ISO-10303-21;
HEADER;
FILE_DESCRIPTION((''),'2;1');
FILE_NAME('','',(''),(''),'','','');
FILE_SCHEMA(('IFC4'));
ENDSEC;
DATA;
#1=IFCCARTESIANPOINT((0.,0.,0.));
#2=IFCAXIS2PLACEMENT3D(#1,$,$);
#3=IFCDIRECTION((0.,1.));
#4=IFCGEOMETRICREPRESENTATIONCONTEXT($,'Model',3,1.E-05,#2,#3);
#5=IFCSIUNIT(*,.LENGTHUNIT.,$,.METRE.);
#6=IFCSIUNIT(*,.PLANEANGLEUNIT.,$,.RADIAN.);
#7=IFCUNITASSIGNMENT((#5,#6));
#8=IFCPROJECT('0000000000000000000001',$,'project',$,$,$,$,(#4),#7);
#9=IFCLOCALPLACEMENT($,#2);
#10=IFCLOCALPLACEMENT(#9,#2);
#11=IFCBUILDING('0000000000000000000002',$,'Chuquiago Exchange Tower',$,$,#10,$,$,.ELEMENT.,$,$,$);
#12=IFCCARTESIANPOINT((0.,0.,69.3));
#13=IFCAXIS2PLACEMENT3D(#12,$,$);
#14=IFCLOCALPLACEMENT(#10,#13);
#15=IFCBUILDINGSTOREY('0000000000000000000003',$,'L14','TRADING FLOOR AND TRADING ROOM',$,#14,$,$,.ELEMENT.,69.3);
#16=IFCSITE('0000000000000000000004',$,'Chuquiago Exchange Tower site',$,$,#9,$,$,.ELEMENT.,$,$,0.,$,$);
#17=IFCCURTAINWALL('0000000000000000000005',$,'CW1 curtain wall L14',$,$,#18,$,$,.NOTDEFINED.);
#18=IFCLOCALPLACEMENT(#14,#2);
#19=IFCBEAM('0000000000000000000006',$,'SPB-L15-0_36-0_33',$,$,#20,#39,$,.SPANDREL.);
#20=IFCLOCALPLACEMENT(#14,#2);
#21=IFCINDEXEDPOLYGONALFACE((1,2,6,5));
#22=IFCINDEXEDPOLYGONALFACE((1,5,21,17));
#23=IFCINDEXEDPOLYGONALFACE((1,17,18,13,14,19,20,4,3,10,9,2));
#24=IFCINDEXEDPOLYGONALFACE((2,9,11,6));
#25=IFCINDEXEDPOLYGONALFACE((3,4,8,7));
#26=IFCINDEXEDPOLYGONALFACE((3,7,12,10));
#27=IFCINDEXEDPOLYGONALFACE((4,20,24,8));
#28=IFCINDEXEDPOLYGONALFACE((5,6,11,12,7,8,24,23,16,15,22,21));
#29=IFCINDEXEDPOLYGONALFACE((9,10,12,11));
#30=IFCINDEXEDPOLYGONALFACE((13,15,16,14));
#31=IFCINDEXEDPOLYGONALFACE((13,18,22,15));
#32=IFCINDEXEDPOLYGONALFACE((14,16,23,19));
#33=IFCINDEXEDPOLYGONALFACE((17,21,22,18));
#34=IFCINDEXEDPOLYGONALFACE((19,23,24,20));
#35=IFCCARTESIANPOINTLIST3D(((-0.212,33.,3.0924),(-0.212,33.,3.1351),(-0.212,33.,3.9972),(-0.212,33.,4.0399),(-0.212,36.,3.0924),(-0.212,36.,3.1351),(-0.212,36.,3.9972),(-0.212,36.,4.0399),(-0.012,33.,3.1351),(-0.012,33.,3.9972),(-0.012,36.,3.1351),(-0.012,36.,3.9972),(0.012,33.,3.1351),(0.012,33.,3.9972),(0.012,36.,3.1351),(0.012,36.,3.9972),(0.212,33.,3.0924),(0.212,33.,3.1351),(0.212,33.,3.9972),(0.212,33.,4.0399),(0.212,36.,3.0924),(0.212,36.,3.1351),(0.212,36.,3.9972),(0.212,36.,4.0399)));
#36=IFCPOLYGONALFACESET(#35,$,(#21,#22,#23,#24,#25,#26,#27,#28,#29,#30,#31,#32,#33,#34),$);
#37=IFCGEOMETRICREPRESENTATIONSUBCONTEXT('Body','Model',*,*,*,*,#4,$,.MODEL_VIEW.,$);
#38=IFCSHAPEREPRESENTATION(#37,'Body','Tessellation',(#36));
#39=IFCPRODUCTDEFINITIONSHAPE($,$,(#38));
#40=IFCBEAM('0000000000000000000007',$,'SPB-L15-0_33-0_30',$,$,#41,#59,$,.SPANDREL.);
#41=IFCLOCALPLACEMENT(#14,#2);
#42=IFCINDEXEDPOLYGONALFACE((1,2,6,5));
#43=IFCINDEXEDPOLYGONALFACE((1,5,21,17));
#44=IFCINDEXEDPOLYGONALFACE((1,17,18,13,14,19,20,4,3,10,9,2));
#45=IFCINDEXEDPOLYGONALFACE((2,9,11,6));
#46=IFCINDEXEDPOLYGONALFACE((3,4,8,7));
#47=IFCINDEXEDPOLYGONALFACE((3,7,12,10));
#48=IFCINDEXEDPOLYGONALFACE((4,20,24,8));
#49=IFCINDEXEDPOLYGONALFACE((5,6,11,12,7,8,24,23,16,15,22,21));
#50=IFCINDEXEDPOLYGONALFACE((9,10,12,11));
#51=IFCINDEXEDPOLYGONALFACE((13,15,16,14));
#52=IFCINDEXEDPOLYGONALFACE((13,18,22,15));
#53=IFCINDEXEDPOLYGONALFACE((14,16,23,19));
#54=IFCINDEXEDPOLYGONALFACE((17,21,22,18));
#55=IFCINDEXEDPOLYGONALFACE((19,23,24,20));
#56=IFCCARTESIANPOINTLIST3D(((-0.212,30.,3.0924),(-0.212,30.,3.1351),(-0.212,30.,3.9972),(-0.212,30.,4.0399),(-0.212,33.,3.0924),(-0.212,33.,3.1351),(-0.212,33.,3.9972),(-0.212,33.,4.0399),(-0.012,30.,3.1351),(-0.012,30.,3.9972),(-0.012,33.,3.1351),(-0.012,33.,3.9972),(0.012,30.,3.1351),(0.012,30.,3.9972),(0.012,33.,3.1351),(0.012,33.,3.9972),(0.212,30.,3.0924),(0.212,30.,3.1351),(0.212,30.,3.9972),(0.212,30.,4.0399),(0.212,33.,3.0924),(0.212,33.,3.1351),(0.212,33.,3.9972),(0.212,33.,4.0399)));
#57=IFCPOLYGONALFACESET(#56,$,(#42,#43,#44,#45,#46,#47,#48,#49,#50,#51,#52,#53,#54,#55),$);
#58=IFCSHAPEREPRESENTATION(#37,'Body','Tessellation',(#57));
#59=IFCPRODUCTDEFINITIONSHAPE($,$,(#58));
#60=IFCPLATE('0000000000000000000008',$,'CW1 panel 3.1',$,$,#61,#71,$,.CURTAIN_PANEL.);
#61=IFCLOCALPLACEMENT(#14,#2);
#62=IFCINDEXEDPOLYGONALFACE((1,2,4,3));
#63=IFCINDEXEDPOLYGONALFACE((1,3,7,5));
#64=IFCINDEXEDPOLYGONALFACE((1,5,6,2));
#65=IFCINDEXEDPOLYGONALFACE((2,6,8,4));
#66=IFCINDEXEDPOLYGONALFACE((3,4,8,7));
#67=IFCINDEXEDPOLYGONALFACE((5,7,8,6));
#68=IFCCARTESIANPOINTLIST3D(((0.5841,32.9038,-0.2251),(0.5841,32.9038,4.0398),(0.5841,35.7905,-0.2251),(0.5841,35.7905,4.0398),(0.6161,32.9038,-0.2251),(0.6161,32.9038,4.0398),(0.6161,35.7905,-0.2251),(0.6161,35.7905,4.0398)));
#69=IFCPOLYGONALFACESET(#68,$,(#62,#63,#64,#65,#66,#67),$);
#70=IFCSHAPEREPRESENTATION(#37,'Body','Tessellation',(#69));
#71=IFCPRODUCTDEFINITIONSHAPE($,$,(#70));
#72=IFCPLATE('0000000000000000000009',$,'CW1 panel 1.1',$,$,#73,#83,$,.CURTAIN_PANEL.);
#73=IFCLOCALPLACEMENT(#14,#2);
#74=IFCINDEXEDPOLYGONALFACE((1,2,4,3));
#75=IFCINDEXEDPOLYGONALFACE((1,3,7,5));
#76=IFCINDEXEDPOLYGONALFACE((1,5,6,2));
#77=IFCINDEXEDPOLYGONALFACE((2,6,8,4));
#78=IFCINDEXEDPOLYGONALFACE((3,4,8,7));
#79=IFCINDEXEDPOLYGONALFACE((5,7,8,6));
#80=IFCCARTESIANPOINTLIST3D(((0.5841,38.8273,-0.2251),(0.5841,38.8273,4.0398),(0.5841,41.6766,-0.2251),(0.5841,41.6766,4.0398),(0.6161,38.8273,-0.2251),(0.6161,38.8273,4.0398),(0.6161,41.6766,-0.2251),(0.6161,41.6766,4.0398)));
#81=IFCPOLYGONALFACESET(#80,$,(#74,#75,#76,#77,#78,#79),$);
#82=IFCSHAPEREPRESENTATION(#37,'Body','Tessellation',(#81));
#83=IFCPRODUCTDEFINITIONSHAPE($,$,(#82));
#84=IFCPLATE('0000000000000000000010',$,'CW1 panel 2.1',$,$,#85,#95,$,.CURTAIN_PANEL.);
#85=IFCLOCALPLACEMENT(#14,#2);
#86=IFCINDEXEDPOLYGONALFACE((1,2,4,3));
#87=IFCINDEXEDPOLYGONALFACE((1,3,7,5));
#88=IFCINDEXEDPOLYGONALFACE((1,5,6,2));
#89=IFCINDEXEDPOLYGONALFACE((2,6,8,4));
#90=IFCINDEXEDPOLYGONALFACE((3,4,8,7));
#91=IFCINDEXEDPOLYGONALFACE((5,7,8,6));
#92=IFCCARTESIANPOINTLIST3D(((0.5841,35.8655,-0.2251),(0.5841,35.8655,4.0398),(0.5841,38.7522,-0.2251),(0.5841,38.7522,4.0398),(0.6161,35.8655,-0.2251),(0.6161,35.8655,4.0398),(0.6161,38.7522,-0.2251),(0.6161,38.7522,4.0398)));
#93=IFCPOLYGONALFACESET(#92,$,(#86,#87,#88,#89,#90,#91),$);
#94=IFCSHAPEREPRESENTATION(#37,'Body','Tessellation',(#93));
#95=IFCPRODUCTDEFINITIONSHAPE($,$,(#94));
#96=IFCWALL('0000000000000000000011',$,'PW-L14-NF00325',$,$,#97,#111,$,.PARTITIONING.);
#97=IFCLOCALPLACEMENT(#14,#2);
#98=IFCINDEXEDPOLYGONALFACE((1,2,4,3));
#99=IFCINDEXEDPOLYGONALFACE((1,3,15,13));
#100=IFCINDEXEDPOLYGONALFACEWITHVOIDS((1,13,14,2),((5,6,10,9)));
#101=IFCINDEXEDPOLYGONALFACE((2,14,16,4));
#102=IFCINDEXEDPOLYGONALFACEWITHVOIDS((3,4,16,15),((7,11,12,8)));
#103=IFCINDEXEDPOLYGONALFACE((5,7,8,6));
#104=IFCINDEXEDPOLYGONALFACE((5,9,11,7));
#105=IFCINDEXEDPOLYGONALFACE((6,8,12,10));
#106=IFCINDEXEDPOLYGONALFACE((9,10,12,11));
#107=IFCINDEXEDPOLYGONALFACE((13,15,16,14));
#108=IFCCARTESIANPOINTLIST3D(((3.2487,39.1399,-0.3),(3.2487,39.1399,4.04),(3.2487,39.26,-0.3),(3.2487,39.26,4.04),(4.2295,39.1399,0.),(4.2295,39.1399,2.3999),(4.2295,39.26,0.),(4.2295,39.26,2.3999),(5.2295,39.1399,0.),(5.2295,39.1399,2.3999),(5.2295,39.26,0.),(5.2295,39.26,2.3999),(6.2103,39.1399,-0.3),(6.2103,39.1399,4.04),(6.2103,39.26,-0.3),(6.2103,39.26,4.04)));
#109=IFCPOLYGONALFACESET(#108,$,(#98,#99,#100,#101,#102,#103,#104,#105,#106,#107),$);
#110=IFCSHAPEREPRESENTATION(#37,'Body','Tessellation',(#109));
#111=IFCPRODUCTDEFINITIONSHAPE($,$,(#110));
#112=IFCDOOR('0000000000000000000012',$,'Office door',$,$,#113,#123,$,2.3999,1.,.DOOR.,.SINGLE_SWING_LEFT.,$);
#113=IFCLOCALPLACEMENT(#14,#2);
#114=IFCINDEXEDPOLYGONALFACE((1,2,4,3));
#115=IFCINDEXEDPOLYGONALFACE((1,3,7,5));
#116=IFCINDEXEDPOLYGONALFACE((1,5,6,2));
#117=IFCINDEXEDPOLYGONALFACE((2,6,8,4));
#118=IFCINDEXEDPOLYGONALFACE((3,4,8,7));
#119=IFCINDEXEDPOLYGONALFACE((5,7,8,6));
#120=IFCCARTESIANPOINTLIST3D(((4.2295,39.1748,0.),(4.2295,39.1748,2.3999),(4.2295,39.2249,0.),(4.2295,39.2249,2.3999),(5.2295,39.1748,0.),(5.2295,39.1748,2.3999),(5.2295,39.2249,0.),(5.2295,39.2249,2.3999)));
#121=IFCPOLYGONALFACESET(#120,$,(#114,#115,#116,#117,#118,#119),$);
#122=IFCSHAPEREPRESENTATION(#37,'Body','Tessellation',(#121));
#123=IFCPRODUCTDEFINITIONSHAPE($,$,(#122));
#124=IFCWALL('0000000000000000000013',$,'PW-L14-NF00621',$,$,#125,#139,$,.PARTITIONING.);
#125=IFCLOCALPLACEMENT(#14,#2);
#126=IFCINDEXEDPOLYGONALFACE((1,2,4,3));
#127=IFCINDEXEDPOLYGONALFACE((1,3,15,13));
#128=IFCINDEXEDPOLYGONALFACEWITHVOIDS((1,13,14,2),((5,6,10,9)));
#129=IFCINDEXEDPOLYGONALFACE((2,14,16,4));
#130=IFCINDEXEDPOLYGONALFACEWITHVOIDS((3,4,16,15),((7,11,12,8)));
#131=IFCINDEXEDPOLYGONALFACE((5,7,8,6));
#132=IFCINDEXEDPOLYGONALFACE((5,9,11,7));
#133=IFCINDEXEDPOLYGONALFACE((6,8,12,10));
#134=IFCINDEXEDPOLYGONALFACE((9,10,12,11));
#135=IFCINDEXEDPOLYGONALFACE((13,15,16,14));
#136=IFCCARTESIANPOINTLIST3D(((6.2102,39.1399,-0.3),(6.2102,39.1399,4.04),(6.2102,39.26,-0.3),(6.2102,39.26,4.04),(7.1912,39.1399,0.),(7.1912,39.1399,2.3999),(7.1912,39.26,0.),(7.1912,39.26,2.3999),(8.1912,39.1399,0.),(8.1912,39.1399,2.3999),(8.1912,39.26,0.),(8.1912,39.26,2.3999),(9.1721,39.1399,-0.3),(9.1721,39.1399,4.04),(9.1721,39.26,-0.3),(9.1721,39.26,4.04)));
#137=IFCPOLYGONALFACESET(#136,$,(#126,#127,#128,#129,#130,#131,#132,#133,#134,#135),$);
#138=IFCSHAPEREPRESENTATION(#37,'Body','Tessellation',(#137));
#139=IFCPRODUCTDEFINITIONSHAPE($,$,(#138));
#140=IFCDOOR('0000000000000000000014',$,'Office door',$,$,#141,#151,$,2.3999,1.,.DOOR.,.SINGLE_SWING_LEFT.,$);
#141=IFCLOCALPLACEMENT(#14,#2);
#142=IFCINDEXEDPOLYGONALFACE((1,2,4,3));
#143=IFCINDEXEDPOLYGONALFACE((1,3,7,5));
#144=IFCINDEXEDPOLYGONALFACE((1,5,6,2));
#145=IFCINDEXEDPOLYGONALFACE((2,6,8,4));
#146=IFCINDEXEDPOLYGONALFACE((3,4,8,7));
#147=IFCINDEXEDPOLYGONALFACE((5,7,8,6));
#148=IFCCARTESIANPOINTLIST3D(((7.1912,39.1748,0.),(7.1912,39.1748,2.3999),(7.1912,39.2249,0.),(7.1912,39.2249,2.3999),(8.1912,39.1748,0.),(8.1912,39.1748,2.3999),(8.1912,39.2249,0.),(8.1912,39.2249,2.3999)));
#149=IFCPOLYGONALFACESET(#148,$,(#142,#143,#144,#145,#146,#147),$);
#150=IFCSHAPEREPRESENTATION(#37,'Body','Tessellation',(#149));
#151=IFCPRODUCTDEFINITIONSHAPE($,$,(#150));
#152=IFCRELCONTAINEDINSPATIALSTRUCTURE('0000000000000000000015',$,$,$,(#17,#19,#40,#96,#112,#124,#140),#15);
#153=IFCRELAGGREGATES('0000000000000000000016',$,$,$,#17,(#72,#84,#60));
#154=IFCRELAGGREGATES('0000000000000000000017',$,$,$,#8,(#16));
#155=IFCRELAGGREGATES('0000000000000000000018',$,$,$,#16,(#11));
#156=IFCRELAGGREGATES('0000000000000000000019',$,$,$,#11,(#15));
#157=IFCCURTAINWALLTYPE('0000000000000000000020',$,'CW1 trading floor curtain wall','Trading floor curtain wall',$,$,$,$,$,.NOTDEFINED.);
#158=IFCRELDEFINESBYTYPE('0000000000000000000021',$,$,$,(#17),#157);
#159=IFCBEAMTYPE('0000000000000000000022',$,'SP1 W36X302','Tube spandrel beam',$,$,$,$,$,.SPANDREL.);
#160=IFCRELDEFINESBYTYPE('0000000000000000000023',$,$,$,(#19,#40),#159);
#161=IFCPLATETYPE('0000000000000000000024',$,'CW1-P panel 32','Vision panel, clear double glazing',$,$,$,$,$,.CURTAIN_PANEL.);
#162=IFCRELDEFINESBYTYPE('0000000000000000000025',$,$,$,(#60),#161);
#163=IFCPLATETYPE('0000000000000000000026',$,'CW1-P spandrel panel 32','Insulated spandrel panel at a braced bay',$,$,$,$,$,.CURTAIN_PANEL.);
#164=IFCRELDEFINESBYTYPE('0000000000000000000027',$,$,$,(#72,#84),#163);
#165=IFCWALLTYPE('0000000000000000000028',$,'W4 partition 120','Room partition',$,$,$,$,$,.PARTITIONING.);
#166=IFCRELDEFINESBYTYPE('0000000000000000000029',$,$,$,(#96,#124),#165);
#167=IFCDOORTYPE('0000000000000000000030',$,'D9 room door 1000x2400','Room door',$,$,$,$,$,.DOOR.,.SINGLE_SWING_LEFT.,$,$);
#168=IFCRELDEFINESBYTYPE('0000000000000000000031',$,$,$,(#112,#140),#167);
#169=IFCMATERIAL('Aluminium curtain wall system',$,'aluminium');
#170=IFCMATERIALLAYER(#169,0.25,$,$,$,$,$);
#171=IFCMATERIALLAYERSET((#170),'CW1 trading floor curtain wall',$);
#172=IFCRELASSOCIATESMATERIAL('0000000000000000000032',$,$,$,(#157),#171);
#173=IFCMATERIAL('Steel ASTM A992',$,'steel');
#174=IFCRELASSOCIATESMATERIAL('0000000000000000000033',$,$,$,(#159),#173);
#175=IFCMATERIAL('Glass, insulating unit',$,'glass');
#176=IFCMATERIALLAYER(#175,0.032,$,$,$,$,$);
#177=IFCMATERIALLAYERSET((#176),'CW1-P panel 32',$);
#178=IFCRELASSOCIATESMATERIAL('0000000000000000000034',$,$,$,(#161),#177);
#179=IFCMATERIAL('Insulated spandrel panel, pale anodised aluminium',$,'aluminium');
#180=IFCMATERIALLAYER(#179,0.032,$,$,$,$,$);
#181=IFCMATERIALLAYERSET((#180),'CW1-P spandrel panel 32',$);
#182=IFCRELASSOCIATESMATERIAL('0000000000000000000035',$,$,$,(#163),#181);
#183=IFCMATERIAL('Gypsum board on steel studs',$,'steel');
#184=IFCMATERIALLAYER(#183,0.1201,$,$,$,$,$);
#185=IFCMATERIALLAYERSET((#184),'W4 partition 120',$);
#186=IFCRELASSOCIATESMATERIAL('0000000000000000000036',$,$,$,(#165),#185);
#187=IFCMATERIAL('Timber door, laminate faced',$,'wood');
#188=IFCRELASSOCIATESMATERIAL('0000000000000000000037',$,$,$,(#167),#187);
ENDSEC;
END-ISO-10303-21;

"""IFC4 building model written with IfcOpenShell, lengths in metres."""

from ifc_helpers import new_model, si_unit, direction, frame, frame_2d, origin, origin_2d, place, context, subcontext, project, spatial, rectangle, i_section, extrude, material, layer, layer_set, material_profile, profile_set, type_object, element, fill, aggregate, save


model = new_model("IFC4")

# Units and contexts
model_context = context("Model", 3, precision=1e-05, world=origin(), true_north=direction((0.0, 1.0)))
body_context = subcontext(model_context, "Body", "Model", "MODEL_VIEW")
ifc_project = project(units=[si_unit("LENGTHUNIT", "METRE"), si_unit("PLANEANGLEUNIT", "RADIAN")], contexts=[model_context])

# Site, building, storey
site_placement = place(None, origin())
site = spatial("IfcSite", under=ifc_project, at=site_placement, Name="Chuquiago Exchange Tower site", CompositionType="ELEMENT", RefElevation=0.0)
building_placement = place(site_placement, origin())
building = spatial("IfcBuilding", under=site, at=building_placement, Name="Chuquiago Exchange Tower", CompositionType="ELEMENT")
storey_placement = place(building_placement, frame((0.0, 0.0, 69.3)))
storey = spatial("IfcBuildingStorey", under=building, at=storey_placement, Name="L14", Description="TRADING FLOOR AND TRADING ROOM", CompositionType="ELEMENT", Elevation=69.3)

# Curtain wall
ifc_material_1 = material(Name="Aluminium curtain wall system", Category="aluminium")
ifc_layer_1 = layer(ifc_material_1, 0.25)
ifc_layer_set_1 = layer_set([ifc_layer_1], Name="CW1 trading floor curtain wall")
curtain_wall_type = type_object("IfcCurtainWallType", Name="CW1 trading floor curtain wall", Description="Trading floor curtain wall", PredefinedType="NOTDEFINED", material=ifc_layer_set_1)
curtain_wall_placement = place(storey_placement, origin())
curtain_wall = element("IfcCurtainWall", 1, at=curtain_wall_placement, inside=storey, type_object=curtain_wall_type, Name="CW1 curtain wall L14", PredefinedType="NOTDEFINED")

# Beams
ifc_material_2 = material(Name="Steel ASTM A992", Category="steel")
ifc_material_profile_1 = material_profile(ifc_material_2, i_section(OverallWidth=0.4241, OverallDepth=0.9475, WebThickness=0.0239, FlangeThickness=0.0427, at=origin_2d()), Name="W36X302")
ifc_profile_set_1 = profile_set([ifc_material_profile_1], Name="Steel ASTM A992")
beam_type = type_object("IfcBeamType", Name="SP1 W36X302", Description="Tube spandrel beam", PredefinedType="SPANDREL", material=ifc_profile_set_1)
for number, where, z_axis, x_axis, name in (
    (2, (0.0, 36.0, 3.5662), (0.0, -1.0, 0.0), (1.0, 0.0, 0.0), "SPB-L15-0_36-0_33"),
    (3, (0.0, 33.0, 3.5662), (0.0, -1.0, 0.0), (1.0, 0.0, 0.0), "SPB-L15-0_33-0_30"),
):
    element("IfcBeam", number, at=place(storey_placement, frame(where, z_axis=z_axis, x_axis=x_axis)), inside=storey, type_object=beam_type, Name=name, PredefinedType="SPANDREL", context=body_context, shape_type="SweptSolid", body=[
        extrude(i_section(OverallWidth=0.4241, OverallDepth=0.9475, WebThickness=0.0239, FlangeThickness=0.0427, at=origin_2d()), origin(), (0.0, 0.0, 1.0), 3.0),
    ])

# Plates
ifc_material_3 = material(Name="Glass, insulating unit", Category="glass")
ifc_layer_2 = layer(ifc_material_3, 0.032)
ifc_layer_set_2 = layer_set([ifc_layer_2], Name="CW1-P panel 32")
plate_type_1 = type_object("IfcPlateType", Name="CW1-P panel 32", Description="Vision panel, clear double glazing", PredefinedType="CURTAIN_PANEL", material=ifc_layer_set_2)
plate_1_placement = place(storey_placement, frame((0.6001, 34.3472, -0.2251), z_axis=(0.0, 0.0, 1.0), x_axis=(0.0, -1.0, 0.0)))
plate_1 = element("IfcPlate", 4, at=plate_1_placement, type_object=plate_type_1, Name="CW1 panel 3.1", PredefinedType="CURTAIN_PANEL", context=body_context, shape_type="SweptSolid", body=[
    extrude(rectangle(XDim=2.8867, YDim=0.032, at=origin_2d()), origin(), (0.0, 0.0, 1.0), 4.2649),
])
ifc_material_4 = material(Name="Insulated spandrel panel, pale anodised aluminium", Category="aluminium")
ifc_layer_3 = layer(ifc_material_4, 0.032)
ifc_layer_set_3 = layer_set([ifc_layer_3], Name="CW1-P spandrel panel 32")
plate_type_2 = type_object("IfcPlateType", Name="CW1-P spandrel panel 32", Description="Insulated spandrel panel at a braced bay", PredefinedType="CURTAIN_PANEL", material=ifc_layer_set_3)
plate_2_placement = place(storey_placement, frame((0.6001, 40.252, -0.2251), z_axis=(0.0, 0.0, 1.0), x_axis=(0.0, -1.0, 0.0)))
plate_2 = element("IfcPlate", 5, at=plate_2_placement, type_object=plate_type_2, Name="CW1 panel 1.1", PredefinedType="CURTAIN_PANEL", context=body_context, shape_type="SweptSolid", body=[
    extrude(rectangle(XDim=2.8494, YDim=0.032, at=origin_2d()), origin(), (0.0, 0.0, 1.0), 4.2649),
])
plate_3_placement = place(storey_placement, frame((0.6001, 37.3088, -0.2251), z_axis=(0.0, 0.0, 1.0), x_axis=(0.0, -1.0, 0.0)))
plate_3 = element("IfcPlate", 6, at=plate_3_placement, type_object=plate_type_2, Name="CW1 panel 2.1", PredefinedType="CURTAIN_PANEL", context=body_context, shape_type="SweptSolid", body=[
    extrude(rectangle(XDim=2.8867, YDim=0.032, at=origin_2d()), origin(), (0.0, 0.0, 1.0), 4.2649),
])
aggregate(curtain_wall, [plate_2, plate_3, plate_1])

# Walls, openings, doors
ifc_material_5 = material(Name="Gypsum board on steel studs", Category="steel")
ifc_layer_4 = layer(ifc_material_5, 0.1201)
ifc_layer_set_4 = layer_set([ifc_layer_4], Name="W4 partition 120")
wall_type = type_object("IfcWallType", Name="W4 partition 120", Description="Room partition", PredefinedType="PARTITIONING", material=ifc_layer_set_4)
wall_1_placement = place(storey_placement, frame((3.2485, 39.2, -0.3), z_axis=(0.0, 0.0, 1.0), x_axis=(1.0, 0.0, 0.0)))
wall_1 = element("IfcWall", 7, at=wall_1_placement, inside=storey, type_object=wall_type, Name="PW-L14-NF00325", PredefinedType="PARTITIONING", context=body_context, shape_type="SweptSolid", body=[
    extrude(rectangle(XDim=2.9617, YDim=0.1201, at=frame_2d((1.481, 0.0))), origin(), (0.0, 0.0, 1.0), 4.3401),
])
opening_1_placement = place(wall_1_placement, frame((0.981, 0.0, 0.3)))
opening_1 = element("IfcOpeningElement", 8, at=opening_1_placement, cuts=wall_1, PredefinedType="OPENING", context=body_context, shape_type="SweptSolid", body=[
    extrude(rectangle(XDim=1.0, YDim=2.3999, at=frame_2d((0.5, 1.2))), frame((0.0, 0.0701, 0.0), z_axis=(0.0, -1.0, 0.0), x_axis=(1.0, 0.0, 0.0)), (0.0, 0.0, 1.0), 0.1401),
])
ifc_material_6 = material(Name="Timber door, laminate faced", Category="wood")
door_type = type_object("IfcDoorType", Name="D9 room door 1000x2400", Description="Room door", OperationType="SINGLE_SWING_LEFT", PredefinedType="DOOR", material=ifc_material_6)
door_1_placement = place(opening_1_placement, origin())
door_1 = element("IfcDoor", 9, at=door_1_placement, inside=storey, type_object=door_type, Name="Office door", OperationType="SINGLE_SWING_LEFT", OverallHeight=2.3999, OverallWidth=1.0, PredefinedType="DOOR", context=body_context, shape_type="SweptSolid", body=[
    extrude(rectangle(XDim=1.0, YDim=2.3999, at=frame_2d((0.5, 1.2))), frame((0.0, 0.0249, 0.0), z_axis=(0.0, -1.0, 0.0), x_axis=(1.0, 0.0, 0.0)), (0.0, 0.0, 1.0), 0.05),
])
fill(opening_1, door_1)
wall_2_placement = place(storey_placement, frame((6.2102, 39.2, -0.3), z_axis=(0.0, 0.0, 1.0), x_axis=(1.0, 0.0, 0.0)))
wall_2 = element("IfcWall", 10, at=wall_2_placement, inside=storey, type_object=wall_type, Name="PW-L14-NF00621", PredefinedType="PARTITIONING", context=body_context, shape_type="SweptSolid", body=[
    extrude(rectangle(XDim=2.9619, YDim=0.1201, at=frame_2d((1.481, 0.0))), origin(), (0.0, 0.0, 1.0), 4.3401),
])
opening_2_placement = place(wall_2_placement, frame((0.981, 0.0, 0.3)))
opening_2 = element("IfcOpeningElement", 11, at=opening_2_placement, cuts=wall_2, PredefinedType="OPENING", context=body_context, shape_type="SweptSolid", body=[
    extrude(rectangle(XDim=1.0, YDim=2.3999, at=frame_2d((0.5, 1.2))), frame((0.0, 0.0701, 0.0), z_axis=(0.0, -1.0, 0.0), x_axis=(1.0, 0.0, 0.0)), (0.0, 0.0, 1.0), 0.1401),
])
door_2_placement = place(opening_2_placement, origin())
door_2 = element("IfcDoor", 12, at=door_2_placement, inside=storey, type_object=door_type, Name="Office door", OperationType="SINGLE_SWING_LEFT", OverallHeight=2.3999, OverallWidth=1.0, PredefinedType="DOOR", context=body_context, shape_type="SweptSolid", body=[
    extrude(rectangle(XDim=1.0, YDim=2.3999, at=frame_2d((0.5, 1.2))), frame((0.0, 0.0249, 0.0), z_axis=(0.0, -1.0, 0.0), x_axis=(1.0, 0.0, 0.0)), (0.0, 0.0, 1.0), 0.05),
])
fill(opening_2, door_2)

save(model, "model.ifc")
